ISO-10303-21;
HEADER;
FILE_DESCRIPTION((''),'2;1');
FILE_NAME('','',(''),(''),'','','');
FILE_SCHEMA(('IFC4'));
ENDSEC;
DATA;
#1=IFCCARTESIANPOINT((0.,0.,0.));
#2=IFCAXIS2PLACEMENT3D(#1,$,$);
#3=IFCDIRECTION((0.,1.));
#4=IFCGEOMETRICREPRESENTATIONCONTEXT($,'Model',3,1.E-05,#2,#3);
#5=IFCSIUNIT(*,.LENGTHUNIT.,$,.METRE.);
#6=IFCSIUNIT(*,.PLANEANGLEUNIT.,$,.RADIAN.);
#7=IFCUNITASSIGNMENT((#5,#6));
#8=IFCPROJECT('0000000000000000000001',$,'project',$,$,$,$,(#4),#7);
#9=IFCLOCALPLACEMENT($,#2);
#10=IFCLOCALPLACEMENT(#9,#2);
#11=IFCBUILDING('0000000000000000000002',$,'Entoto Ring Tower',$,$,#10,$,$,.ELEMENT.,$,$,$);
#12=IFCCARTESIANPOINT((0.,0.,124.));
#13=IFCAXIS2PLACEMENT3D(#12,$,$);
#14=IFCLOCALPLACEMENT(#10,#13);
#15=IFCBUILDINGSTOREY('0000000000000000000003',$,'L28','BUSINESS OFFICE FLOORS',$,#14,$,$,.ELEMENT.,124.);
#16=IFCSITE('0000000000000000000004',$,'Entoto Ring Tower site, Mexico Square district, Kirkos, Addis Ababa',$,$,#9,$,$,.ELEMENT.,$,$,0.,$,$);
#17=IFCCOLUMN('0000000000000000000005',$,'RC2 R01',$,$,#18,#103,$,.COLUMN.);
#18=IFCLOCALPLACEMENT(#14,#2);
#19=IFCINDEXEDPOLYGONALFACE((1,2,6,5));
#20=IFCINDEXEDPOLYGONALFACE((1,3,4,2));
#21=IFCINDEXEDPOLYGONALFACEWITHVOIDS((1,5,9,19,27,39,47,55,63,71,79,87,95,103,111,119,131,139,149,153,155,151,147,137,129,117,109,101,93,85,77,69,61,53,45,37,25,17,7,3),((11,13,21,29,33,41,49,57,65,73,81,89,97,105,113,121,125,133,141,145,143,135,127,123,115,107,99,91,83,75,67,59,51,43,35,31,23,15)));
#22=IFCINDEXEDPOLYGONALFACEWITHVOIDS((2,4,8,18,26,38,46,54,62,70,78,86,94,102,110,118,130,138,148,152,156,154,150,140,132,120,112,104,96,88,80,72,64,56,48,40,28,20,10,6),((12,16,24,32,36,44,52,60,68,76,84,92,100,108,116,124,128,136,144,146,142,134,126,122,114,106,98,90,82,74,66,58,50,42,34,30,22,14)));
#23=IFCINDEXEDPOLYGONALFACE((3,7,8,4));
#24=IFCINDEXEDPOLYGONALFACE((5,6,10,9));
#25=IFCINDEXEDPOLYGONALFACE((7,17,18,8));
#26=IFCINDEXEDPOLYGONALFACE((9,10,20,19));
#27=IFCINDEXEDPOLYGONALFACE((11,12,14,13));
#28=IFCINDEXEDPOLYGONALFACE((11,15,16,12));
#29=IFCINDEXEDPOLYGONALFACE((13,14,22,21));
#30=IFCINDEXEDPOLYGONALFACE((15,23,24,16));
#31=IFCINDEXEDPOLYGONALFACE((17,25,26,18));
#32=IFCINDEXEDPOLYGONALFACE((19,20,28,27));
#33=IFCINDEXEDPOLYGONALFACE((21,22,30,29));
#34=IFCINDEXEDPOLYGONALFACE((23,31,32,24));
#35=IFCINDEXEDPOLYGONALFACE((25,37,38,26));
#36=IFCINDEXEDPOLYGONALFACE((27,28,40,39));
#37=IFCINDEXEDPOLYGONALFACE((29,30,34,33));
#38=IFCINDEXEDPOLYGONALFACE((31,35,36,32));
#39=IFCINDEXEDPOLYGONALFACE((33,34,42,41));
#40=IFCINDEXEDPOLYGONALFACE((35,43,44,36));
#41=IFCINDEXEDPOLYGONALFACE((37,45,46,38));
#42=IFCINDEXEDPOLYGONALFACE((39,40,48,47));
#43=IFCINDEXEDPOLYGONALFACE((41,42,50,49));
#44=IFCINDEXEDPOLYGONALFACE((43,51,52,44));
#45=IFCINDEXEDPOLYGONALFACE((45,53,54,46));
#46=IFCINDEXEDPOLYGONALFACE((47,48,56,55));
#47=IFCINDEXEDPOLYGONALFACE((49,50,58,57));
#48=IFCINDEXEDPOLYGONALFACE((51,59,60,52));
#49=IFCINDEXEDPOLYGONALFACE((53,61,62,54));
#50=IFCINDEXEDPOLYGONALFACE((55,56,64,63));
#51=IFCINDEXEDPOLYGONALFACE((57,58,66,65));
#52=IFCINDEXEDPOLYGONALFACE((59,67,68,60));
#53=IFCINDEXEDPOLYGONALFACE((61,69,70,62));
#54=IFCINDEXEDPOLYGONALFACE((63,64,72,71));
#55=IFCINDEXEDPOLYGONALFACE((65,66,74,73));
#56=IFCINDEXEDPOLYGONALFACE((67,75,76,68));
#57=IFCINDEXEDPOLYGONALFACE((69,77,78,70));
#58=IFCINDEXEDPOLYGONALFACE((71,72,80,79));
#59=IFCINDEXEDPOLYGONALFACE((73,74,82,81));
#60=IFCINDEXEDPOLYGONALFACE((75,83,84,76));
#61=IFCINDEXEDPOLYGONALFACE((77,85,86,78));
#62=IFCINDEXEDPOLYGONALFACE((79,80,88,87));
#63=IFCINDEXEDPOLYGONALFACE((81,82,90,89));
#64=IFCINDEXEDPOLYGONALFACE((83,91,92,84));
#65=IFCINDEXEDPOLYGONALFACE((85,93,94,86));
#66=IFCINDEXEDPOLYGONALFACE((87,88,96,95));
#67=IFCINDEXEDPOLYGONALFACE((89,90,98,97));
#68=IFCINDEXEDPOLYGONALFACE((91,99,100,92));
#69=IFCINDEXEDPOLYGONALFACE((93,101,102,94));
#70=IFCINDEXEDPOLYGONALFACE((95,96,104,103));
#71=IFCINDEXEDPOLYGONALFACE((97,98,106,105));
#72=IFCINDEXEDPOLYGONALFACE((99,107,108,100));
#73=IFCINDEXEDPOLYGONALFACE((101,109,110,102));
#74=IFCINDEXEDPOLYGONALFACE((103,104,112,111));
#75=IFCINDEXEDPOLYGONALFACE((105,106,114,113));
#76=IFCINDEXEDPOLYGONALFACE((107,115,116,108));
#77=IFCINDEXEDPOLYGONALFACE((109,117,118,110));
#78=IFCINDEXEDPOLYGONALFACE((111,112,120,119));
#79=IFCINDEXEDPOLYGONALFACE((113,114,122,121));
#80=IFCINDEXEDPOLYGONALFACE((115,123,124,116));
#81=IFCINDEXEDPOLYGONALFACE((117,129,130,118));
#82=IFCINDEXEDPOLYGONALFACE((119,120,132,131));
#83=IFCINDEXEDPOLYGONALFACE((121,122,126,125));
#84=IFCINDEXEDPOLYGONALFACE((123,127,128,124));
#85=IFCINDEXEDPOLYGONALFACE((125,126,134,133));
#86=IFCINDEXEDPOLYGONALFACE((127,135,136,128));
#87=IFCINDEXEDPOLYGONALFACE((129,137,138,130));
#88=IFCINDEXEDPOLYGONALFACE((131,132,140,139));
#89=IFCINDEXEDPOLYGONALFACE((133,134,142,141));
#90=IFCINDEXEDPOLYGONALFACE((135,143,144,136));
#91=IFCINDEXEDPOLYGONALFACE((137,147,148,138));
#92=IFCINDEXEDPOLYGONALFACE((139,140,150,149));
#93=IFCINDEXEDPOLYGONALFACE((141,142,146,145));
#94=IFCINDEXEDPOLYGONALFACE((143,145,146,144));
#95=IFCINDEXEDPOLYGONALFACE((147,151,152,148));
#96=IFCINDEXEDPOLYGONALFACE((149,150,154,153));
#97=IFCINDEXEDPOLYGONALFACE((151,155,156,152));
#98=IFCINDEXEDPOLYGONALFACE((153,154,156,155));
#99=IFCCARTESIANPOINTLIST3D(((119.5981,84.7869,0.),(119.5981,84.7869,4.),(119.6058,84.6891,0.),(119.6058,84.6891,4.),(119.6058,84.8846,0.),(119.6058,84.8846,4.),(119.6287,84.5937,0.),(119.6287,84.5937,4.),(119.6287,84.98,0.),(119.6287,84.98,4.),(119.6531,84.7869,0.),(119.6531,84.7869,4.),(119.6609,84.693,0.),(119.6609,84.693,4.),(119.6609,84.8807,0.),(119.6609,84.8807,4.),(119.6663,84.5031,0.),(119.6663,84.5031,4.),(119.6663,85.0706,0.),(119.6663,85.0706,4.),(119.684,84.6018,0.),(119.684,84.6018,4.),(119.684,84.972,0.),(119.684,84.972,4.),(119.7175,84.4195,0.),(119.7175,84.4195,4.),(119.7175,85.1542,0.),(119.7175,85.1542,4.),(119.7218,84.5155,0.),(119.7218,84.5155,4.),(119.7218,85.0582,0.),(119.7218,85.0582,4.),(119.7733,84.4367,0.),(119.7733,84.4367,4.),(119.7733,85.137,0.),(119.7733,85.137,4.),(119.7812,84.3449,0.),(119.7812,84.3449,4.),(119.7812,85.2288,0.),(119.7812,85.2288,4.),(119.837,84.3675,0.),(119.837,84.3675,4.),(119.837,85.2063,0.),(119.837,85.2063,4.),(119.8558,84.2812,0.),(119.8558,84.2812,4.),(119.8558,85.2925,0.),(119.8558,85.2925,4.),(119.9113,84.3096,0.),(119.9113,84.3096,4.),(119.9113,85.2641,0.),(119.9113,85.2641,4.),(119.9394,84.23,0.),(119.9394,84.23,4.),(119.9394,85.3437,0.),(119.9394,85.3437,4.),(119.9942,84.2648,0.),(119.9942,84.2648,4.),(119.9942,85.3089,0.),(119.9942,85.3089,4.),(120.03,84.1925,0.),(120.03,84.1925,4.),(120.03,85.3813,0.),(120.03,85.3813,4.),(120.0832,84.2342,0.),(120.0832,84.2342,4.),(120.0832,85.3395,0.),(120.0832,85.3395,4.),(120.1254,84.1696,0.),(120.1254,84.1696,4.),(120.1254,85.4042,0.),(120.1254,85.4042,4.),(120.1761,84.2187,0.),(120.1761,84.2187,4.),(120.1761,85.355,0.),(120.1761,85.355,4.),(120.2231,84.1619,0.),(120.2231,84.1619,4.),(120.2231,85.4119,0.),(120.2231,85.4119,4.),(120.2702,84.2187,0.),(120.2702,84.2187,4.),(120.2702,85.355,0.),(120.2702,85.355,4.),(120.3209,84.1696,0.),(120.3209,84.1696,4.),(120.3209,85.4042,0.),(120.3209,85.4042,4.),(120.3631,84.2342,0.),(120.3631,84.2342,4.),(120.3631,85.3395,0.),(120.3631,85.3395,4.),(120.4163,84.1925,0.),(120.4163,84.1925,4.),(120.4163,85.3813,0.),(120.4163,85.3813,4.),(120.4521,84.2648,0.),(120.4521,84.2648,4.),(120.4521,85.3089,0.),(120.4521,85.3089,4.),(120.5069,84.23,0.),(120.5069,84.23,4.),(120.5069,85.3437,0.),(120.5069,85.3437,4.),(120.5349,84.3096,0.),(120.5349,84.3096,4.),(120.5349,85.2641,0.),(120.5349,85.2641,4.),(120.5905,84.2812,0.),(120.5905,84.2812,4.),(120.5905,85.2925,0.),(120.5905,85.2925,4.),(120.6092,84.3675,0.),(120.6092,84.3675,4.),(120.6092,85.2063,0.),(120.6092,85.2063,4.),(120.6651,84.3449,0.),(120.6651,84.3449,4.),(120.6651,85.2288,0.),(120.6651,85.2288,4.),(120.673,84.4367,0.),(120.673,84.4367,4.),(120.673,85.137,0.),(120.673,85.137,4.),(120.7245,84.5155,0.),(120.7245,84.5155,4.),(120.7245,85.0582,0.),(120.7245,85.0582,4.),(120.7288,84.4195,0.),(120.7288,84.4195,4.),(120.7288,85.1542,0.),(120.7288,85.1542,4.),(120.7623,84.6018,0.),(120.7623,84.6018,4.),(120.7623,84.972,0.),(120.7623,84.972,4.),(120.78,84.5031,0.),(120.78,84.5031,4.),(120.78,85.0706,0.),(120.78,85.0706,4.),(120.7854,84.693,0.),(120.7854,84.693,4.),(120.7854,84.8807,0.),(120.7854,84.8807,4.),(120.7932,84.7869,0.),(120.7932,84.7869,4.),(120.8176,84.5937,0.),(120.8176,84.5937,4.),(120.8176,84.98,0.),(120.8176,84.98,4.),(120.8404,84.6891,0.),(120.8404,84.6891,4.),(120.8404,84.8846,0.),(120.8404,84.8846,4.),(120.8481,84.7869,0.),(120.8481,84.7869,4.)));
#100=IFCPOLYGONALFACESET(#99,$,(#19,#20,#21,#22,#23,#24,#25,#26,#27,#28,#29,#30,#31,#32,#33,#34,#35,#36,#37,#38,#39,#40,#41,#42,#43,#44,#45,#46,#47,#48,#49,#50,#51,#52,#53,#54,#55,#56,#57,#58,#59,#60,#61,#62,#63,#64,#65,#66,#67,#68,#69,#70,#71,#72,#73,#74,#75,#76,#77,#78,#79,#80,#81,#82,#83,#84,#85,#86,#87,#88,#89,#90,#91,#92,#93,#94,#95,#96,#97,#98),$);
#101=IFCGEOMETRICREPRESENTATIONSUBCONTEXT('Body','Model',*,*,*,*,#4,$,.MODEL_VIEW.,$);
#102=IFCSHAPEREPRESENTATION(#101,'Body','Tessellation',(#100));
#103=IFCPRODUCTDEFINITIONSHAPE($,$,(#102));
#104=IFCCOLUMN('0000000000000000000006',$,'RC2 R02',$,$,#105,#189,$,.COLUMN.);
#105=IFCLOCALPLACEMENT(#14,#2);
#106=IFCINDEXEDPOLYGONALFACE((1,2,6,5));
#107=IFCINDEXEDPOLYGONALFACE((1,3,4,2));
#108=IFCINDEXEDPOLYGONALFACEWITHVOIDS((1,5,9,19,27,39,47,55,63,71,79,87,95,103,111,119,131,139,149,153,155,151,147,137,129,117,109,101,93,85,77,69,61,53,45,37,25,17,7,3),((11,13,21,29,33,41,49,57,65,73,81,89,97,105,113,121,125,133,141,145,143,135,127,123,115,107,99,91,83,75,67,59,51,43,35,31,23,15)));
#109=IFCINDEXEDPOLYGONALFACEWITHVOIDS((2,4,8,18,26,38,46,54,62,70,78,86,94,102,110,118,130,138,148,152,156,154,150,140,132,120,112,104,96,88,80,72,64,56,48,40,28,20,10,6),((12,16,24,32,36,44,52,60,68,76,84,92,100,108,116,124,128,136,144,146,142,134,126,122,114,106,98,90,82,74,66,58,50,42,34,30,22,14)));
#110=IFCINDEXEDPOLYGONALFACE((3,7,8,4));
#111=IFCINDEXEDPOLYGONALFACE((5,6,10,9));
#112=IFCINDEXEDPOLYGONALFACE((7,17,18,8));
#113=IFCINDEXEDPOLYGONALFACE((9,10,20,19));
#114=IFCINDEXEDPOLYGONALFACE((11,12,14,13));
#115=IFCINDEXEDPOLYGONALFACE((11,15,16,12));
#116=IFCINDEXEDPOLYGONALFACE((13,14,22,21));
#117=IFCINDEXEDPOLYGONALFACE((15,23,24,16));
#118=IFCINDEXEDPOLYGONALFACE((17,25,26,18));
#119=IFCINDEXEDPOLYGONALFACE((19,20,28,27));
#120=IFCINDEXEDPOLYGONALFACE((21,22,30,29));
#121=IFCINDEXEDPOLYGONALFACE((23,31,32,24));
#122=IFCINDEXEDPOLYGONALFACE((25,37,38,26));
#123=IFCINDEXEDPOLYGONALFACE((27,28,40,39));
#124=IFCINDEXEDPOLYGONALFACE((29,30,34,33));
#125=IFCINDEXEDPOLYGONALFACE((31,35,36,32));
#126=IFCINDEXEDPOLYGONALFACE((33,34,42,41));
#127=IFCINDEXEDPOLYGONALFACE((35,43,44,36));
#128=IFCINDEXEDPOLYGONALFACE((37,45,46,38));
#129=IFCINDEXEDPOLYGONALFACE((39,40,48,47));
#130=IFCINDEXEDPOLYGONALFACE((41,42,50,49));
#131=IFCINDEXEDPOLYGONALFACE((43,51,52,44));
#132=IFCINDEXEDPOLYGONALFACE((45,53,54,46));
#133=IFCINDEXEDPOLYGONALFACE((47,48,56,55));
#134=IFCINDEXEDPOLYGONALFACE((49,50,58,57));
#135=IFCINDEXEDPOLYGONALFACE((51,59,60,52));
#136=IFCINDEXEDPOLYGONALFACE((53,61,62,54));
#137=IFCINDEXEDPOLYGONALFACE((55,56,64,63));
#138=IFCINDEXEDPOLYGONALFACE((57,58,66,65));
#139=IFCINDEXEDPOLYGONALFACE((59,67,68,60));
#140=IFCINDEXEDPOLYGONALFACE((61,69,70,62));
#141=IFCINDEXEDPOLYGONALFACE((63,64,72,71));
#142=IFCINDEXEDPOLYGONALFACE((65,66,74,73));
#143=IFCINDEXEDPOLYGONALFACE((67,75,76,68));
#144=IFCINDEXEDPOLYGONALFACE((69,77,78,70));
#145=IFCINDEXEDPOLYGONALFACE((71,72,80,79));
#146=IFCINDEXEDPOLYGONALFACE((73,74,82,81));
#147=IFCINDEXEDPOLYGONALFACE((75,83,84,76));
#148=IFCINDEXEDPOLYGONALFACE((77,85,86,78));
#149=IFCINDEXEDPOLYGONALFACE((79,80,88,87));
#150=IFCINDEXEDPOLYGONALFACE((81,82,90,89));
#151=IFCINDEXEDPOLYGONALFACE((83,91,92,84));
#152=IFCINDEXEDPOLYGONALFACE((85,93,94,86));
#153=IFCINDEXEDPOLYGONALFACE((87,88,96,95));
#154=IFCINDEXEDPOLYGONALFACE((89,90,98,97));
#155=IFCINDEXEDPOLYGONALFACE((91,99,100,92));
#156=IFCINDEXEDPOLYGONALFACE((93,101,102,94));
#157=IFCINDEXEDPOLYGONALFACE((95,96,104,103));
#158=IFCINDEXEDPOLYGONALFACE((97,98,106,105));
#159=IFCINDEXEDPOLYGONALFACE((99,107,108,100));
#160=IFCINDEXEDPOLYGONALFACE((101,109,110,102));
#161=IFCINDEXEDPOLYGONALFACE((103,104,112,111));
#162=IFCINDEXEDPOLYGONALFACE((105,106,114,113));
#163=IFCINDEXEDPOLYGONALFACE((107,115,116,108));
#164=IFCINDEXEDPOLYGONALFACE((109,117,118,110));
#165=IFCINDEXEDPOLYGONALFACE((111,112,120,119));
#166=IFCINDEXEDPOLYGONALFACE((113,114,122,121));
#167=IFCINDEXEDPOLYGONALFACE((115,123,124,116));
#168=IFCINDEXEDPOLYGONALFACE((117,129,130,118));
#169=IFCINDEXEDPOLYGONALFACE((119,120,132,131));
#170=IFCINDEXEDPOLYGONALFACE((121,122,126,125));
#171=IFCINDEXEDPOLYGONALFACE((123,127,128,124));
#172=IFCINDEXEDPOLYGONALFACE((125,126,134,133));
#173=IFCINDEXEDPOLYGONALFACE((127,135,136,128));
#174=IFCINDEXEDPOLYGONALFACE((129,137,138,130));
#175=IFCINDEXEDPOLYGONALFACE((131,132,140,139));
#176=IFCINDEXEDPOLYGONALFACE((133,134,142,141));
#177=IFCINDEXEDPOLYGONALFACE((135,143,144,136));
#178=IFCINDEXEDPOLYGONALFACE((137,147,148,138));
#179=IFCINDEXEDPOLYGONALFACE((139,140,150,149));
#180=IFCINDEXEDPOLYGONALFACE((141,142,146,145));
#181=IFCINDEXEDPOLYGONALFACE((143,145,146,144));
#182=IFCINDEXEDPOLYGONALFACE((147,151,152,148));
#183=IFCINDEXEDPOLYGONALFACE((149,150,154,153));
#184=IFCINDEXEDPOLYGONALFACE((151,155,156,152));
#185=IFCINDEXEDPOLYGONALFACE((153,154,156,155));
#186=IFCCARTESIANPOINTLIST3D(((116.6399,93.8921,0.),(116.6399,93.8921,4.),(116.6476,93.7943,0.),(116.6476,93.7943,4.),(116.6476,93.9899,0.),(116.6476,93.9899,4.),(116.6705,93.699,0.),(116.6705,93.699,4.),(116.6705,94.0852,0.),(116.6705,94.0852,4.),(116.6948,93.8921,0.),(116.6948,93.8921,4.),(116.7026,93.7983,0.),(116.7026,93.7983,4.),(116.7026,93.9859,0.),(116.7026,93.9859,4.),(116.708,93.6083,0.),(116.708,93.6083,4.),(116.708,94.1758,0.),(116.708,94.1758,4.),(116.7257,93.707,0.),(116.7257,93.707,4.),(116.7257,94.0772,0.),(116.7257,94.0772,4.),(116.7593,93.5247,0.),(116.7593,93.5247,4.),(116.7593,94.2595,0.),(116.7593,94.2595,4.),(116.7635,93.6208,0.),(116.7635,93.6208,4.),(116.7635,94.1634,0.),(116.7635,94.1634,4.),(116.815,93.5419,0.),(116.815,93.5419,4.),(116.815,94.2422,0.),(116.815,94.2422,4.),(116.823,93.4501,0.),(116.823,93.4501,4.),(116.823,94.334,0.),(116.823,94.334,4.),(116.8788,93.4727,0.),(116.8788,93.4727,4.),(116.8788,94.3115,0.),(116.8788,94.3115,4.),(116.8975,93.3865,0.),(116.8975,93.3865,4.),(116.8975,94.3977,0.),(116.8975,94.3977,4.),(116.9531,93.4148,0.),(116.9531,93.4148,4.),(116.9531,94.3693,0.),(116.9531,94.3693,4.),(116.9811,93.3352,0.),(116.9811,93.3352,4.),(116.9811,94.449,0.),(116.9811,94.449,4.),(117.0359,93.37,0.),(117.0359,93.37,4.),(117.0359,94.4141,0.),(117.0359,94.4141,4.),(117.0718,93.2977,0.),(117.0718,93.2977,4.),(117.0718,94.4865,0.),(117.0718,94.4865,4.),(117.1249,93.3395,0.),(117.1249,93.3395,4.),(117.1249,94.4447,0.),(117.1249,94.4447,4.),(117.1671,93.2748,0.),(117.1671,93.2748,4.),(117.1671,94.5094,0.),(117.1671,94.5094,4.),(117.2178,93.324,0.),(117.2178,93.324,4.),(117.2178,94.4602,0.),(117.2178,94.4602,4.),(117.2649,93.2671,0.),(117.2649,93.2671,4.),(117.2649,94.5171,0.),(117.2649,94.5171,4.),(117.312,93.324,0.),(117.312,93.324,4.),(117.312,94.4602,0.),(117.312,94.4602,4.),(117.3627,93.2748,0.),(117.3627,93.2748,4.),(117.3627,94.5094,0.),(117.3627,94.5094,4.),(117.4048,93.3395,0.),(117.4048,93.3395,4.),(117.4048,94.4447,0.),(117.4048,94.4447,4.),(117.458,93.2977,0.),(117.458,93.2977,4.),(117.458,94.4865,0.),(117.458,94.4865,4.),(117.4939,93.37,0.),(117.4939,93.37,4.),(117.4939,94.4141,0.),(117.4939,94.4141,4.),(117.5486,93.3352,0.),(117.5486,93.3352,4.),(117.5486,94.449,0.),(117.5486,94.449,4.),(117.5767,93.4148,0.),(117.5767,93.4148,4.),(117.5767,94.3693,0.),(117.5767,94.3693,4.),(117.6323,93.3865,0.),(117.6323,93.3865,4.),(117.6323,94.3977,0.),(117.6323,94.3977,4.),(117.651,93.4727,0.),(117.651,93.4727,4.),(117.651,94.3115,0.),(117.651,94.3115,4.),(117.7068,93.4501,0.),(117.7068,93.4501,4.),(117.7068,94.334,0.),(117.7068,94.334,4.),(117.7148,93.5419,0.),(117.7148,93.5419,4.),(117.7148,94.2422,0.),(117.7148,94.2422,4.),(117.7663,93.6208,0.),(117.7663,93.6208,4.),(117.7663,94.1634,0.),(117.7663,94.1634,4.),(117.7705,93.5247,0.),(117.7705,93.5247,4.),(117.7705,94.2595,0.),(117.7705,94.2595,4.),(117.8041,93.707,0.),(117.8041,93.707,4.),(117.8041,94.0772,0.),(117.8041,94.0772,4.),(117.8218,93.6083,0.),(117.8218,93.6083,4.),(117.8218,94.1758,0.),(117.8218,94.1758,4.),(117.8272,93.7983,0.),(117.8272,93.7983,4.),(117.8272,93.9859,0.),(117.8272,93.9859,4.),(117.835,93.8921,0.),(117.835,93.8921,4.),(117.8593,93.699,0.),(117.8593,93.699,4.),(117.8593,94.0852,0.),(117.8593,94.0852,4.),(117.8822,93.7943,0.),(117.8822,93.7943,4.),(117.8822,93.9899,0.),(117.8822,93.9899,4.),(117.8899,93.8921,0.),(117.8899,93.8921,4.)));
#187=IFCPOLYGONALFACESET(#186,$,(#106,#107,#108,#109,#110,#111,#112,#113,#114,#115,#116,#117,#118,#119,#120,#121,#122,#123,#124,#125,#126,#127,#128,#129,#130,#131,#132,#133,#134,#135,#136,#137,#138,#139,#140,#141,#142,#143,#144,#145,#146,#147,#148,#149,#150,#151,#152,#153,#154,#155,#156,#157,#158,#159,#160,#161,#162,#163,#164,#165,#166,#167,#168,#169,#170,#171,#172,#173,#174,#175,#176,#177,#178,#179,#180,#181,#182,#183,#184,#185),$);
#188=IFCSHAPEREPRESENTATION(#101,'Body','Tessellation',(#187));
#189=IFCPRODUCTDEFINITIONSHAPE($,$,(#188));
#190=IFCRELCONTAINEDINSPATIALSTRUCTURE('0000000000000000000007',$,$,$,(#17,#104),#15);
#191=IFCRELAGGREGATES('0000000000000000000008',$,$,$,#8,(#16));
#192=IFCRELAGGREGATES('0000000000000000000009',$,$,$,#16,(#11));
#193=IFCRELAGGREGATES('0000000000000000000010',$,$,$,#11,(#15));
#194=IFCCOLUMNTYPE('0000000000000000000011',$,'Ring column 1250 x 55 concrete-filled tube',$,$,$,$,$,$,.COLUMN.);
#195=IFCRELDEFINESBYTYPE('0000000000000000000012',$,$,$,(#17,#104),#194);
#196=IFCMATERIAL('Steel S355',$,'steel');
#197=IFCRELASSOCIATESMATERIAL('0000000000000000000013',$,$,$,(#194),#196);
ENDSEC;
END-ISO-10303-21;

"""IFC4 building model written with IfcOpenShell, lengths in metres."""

from ifc_helpers import new_model, si_unit, direction, frame, origin, origin_2d, place, context, subcontext, project, spatial, circle, hollow_circle, extrude, material, material_profile, profile_set, type_object, element, save


model = new_model("IFC4")

# Units and contexts
model_context = context("Model", 3, precision=1e-05, world=origin(), true_north=direction((0.0, 1.0)))
body_context = subcontext(model_context, "Body", "Model", "MODEL_VIEW")
ifc_project = project(units=[si_unit("LENGTHUNIT", "METRE"), si_unit("PLANEANGLEUNIT", "RADIAN")], contexts=[model_context])

# Site, building, storey
site_placement = place(None, origin())
site = spatial("IfcSite", under=ifc_project, at=site_placement, Name="Entoto Ring Tower site, Mexico Square district, Kirkos, Addis Ababa", CompositionType="ELEMENT", RefElevation=0.0)
building_placement = place(site_placement, origin())
building = spatial("IfcBuilding", under=site, at=building_placement, Name="Entoto Ring Tower", CompositionType="ELEMENT")
storey_placement = place(building_placement, frame((0.0, 0.0, 124.0)))
storey = spatial("IfcBuildingStorey", under=building, at=storey_placement, Name="L28", Description="BUSINESS OFFICE FLOORS", CompositionType="ELEMENT", Elevation=124.0)

# Columns
ifc_material_1 = material(Name="Steel S355", Category="steel")
ifc_material_profile_1 = material_profile(ifc_material_1, hollow_circle(Radius=0.625, WallThickness=0.0549, at=origin_2d()), Name="CHS 1250 x 55")
ifc_material_2 = material(Name="Concrete C60/75", Category="concrete")
ifc_material_profile_2 = material_profile(ifc_material_2, circle(Radius=0.5701, at=origin_2d()), Name="Concrete C60/75 infill")
ifc_profile_set_1 = profile_set([ifc_material_profile_1, ifc_material_profile_2], Name="Steel S355")
column_type = type_object("IfcColumnType", Name="Ring column 1250 x 55 concrete-filled tube", PredefinedType="COLUMN", material=ifc_profile_set_1)
for number, where, z_axis, x_axis, name in (
    (1, (120.2231, 84.7869, 0.0), (0.0, 0.0, 1.0), (1.0, 0.0, 0.0), "RC2 R01"),
    (2, (117.2649, 93.8921, 0.0), (0.0, 0.0, 1.0), (1.0, 0.0, 0.0), "RC2 R02"),
):
    element("IfcColumn", number, at=place(storey_placement, frame(where, z_axis=z_axis, x_axis=x_axis)), inside=storey, type_object=column_type, Name=name, PredefinedType="COLUMN", context=body_context, shape_type="SweptSolid", body=[
        extrude(hollow_circle(Radius=0.625, WallThickness=0.0549, at=origin_2d()), origin(), (0.0, 0.0, 1.0), 4.0),
    ])

save(model, "model.ifc")
